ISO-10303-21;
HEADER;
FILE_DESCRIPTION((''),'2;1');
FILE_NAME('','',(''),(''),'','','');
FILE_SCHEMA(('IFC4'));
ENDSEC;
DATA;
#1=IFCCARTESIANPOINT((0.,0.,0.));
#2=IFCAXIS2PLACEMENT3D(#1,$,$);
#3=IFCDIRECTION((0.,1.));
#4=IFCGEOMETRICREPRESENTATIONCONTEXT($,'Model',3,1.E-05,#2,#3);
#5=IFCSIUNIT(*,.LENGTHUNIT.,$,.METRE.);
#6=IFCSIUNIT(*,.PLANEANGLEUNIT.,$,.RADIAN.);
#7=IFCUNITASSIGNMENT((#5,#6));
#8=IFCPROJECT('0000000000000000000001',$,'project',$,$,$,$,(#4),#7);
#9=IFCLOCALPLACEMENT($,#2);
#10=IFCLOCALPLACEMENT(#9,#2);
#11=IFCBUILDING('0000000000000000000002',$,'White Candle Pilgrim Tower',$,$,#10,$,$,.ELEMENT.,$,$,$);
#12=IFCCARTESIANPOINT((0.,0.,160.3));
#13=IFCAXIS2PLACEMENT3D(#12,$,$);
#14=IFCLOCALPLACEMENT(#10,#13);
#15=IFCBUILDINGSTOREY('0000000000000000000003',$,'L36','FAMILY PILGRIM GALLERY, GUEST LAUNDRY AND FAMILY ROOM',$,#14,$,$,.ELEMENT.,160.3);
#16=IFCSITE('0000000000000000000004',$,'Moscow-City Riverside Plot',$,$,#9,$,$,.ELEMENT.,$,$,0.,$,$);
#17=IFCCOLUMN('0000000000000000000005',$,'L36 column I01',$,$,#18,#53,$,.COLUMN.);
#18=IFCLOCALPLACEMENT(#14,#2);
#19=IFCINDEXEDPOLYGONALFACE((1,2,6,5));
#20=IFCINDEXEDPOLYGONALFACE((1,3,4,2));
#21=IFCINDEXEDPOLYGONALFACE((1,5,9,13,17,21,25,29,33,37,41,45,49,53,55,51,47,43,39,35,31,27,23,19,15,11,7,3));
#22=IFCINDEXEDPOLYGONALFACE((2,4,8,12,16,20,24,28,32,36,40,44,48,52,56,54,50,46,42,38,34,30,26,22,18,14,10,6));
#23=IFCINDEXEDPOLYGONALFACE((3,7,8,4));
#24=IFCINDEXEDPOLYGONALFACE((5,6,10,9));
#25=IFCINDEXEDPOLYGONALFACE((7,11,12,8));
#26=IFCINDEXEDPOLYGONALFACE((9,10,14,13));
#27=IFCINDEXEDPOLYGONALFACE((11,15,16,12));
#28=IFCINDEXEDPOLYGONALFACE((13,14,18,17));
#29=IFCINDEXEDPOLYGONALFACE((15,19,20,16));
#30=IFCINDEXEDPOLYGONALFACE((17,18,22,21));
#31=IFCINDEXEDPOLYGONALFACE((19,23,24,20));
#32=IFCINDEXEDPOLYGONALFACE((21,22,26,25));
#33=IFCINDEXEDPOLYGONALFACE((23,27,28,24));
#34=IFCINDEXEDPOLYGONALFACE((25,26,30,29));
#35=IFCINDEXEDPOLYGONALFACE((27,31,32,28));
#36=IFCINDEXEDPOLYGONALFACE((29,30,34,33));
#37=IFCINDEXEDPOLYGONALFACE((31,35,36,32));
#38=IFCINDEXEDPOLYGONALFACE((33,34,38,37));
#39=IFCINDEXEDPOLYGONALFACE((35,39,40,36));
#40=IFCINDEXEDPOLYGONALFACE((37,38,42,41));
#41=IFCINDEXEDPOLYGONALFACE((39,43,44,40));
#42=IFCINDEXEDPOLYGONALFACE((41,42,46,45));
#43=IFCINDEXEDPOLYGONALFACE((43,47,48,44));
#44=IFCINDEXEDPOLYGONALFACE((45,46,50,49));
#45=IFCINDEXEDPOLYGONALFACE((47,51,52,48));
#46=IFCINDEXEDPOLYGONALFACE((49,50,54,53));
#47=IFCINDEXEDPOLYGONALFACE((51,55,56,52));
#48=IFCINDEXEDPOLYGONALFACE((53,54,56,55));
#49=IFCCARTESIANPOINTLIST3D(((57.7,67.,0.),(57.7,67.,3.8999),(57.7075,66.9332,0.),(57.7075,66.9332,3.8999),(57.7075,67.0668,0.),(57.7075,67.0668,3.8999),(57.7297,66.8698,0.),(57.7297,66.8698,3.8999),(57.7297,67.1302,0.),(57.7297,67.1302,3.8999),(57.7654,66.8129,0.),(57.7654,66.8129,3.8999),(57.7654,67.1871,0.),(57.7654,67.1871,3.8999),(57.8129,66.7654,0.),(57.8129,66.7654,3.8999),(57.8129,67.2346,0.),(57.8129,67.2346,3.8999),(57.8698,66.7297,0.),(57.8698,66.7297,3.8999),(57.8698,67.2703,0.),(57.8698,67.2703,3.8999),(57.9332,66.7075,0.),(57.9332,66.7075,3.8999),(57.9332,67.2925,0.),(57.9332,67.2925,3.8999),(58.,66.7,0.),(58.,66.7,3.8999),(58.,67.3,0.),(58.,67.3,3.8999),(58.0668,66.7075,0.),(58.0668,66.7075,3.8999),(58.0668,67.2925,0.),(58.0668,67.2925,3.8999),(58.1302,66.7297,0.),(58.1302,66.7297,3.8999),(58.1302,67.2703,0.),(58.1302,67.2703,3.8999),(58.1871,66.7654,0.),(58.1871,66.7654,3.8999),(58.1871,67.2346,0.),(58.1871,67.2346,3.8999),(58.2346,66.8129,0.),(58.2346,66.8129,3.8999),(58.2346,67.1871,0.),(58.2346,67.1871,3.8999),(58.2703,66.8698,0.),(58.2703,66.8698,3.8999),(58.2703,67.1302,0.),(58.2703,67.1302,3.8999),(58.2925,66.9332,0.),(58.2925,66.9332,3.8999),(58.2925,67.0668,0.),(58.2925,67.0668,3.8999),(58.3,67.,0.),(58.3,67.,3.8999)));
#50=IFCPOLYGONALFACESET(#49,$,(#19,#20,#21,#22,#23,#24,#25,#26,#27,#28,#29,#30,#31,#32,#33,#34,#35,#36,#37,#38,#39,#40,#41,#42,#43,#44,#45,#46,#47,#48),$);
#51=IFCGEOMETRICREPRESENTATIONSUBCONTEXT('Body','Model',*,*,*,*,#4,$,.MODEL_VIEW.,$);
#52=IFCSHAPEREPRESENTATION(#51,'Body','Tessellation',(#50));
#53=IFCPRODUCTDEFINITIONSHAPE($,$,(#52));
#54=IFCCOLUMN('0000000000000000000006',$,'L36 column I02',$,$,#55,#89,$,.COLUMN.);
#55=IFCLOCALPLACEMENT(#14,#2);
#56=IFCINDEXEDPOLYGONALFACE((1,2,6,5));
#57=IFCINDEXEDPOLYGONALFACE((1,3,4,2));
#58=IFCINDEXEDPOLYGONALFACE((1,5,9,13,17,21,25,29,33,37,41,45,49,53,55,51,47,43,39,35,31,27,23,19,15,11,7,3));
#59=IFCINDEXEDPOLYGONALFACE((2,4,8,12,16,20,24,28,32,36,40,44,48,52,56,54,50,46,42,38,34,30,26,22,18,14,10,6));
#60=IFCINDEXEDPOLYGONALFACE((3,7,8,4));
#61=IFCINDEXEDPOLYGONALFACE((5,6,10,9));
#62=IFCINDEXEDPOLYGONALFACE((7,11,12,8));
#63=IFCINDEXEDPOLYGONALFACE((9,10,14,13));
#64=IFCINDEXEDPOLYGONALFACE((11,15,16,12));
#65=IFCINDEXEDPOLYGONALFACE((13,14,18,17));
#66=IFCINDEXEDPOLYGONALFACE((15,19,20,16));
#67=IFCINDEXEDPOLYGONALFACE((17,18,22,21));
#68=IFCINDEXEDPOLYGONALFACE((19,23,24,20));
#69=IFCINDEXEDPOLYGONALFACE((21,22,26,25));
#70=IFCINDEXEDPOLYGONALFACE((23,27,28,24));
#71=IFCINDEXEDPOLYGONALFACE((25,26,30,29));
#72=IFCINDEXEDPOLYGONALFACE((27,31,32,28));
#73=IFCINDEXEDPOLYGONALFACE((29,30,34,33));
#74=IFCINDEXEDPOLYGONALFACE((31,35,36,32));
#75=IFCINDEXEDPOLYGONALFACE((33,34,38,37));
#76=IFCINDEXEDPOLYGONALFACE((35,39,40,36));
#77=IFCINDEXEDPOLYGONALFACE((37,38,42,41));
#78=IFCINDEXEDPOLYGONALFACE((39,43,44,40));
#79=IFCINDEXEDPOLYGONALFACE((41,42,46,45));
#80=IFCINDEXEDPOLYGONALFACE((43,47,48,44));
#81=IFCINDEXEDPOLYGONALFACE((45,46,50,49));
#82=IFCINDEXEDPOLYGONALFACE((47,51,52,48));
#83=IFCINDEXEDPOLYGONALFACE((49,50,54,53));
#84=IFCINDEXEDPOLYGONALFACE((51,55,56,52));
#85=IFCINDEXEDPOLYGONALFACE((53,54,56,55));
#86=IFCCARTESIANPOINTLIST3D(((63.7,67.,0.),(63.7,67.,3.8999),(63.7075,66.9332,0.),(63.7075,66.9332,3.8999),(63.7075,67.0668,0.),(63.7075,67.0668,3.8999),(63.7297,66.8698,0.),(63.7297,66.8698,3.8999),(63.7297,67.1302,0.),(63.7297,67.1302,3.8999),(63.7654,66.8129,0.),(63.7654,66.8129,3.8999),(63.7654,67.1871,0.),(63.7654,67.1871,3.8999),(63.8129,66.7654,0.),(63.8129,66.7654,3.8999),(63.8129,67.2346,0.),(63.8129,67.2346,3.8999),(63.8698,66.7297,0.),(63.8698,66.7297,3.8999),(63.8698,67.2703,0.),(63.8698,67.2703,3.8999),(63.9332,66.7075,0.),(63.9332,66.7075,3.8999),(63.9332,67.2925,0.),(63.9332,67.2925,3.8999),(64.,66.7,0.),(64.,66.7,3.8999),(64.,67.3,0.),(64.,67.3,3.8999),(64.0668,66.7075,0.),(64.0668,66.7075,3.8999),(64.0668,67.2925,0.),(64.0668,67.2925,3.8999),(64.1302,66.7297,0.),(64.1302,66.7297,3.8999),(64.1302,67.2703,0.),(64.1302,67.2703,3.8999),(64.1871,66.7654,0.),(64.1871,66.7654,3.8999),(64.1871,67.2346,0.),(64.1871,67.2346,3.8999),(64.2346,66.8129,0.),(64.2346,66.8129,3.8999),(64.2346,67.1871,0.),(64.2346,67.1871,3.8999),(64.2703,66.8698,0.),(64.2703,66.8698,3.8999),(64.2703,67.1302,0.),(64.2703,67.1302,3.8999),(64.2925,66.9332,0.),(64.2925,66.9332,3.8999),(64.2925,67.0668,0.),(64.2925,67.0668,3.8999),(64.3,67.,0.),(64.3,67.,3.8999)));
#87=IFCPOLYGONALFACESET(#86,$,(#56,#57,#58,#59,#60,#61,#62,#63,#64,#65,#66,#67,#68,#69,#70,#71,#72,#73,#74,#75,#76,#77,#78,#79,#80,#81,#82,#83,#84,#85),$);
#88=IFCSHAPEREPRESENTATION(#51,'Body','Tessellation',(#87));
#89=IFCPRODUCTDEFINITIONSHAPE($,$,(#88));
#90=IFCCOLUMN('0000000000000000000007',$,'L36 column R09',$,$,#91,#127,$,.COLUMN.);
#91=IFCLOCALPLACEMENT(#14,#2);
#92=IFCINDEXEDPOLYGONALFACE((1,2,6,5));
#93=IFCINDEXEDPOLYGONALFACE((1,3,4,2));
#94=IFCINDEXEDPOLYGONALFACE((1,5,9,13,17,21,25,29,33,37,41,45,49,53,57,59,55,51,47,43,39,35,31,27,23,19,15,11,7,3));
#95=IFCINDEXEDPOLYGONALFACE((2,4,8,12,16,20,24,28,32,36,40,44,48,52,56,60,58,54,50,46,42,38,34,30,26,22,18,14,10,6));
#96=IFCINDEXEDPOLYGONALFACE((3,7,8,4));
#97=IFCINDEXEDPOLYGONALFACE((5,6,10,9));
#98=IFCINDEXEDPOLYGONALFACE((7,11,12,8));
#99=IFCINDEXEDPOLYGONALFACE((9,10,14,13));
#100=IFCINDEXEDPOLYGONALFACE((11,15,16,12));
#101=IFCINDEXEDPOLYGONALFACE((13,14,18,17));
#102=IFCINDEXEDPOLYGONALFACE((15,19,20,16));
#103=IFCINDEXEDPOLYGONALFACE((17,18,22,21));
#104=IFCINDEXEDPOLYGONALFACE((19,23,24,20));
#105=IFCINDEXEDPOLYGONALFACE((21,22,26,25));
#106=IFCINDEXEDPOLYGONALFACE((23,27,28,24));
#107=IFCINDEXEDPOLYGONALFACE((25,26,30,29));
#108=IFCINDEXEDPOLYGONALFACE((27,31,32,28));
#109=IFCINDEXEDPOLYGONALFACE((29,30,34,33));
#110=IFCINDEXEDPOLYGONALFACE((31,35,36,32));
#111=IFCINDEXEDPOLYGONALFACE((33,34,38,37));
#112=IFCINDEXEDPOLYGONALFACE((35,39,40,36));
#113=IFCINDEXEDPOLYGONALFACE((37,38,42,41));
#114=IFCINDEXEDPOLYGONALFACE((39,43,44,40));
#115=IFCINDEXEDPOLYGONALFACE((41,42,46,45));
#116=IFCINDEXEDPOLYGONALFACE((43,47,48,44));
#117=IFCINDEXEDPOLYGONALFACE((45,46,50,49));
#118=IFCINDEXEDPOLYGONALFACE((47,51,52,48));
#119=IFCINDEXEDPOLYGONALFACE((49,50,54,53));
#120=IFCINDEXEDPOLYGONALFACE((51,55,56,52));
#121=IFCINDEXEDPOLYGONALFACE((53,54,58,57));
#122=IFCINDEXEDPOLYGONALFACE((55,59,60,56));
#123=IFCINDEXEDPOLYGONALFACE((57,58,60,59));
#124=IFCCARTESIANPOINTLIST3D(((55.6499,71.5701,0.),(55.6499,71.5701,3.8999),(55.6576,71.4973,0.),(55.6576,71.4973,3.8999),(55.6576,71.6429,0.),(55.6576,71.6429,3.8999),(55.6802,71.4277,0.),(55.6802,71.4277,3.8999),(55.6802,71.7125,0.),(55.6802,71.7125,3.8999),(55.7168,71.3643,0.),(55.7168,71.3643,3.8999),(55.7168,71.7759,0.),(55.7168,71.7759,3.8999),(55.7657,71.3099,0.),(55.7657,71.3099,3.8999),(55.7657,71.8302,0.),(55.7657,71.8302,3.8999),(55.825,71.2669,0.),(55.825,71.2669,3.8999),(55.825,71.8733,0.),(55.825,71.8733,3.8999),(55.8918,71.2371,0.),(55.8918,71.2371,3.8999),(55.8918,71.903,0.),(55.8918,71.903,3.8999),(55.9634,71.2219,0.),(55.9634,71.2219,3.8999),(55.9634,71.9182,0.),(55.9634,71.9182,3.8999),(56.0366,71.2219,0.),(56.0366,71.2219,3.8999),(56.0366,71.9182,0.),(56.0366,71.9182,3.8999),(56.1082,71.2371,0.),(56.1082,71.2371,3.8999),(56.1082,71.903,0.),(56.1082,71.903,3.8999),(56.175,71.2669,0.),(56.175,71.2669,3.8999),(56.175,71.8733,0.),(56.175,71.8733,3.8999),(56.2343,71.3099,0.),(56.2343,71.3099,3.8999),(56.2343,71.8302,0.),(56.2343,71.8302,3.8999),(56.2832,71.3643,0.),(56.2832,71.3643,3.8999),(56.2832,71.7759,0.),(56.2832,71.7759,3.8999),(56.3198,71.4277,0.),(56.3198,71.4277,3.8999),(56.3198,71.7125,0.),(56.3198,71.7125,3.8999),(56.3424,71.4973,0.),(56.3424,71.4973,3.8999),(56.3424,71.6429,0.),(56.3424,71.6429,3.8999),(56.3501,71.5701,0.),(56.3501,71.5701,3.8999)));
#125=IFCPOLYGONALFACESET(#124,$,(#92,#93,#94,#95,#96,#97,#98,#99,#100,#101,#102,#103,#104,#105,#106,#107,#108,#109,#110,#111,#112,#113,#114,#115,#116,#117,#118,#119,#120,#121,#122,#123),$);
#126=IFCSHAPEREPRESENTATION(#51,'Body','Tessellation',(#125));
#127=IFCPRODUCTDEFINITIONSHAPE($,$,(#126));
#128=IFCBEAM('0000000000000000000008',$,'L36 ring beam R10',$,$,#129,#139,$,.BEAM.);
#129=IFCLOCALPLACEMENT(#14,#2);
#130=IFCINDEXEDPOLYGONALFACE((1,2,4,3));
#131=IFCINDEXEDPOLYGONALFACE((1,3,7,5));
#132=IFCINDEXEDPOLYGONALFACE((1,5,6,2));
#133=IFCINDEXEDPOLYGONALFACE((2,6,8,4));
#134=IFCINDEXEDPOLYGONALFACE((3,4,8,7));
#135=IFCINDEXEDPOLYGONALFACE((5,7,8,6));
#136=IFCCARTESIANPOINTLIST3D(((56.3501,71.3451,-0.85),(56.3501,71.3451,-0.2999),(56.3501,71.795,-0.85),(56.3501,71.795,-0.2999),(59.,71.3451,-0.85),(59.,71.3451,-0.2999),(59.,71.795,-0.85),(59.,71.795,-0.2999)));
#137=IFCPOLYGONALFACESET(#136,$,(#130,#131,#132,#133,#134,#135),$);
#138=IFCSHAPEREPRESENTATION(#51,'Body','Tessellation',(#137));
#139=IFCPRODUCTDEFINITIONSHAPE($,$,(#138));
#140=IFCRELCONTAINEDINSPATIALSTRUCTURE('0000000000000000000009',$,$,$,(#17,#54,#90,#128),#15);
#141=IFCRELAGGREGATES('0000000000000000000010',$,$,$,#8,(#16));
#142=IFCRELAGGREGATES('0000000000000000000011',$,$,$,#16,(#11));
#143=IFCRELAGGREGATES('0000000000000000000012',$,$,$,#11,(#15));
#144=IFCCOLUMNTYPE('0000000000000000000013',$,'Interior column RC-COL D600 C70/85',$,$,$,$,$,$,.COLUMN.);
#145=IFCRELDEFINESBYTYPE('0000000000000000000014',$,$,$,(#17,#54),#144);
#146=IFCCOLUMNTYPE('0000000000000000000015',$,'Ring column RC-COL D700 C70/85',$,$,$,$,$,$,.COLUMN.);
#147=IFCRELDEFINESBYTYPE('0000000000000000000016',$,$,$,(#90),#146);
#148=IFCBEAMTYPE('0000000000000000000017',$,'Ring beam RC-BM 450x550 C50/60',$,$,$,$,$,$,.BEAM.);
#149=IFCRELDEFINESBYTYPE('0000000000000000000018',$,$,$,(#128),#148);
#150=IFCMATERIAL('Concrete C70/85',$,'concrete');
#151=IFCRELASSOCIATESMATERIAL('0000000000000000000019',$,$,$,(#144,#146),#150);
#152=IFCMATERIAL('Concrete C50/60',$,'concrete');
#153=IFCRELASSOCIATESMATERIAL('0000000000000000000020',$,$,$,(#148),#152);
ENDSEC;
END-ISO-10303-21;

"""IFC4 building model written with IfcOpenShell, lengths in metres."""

from ifc_helpers import new_model, si_unit, direction, frame, origin, origin_2d, place, context, subcontext, project, spatial, rectangle, circle, extrude, material, material_profile, profile_set, type_object, element, save


model = new_model("IFC4")

# Units and contexts
model_context = context("Model", 3, precision=1e-05, world=origin(), true_north=direction((0.0, 1.0)))
body_context = subcontext(model_context, "Body", "Model", "MODEL_VIEW")
ifc_project = project(units=[si_unit("LENGTHUNIT", "METRE"), si_unit("PLANEANGLEUNIT", "RADIAN")], contexts=[model_context])

# Site, building, storey
site_placement = place(None, origin())
site = spatial("IfcSite", under=ifc_project, at=site_placement, Name="Moscow-City Riverside Plot", CompositionType="ELEMENT", RefElevation=0.0)
building_placement = place(site_placement, origin())
building = spatial("IfcBuilding", under=site, at=building_placement, Name="White Candle Pilgrim Tower", CompositionType="ELEMENT")
storey_placement = place(building_placement, frame((0.0, 0.0, 160.3)))
storey = spatial("IfcBuildingStorey", under=building, at=storey_placement, Name="L36", Description="FAMILY PILGRIM GALLERY, GUEST LAUNDRY AND FAMILY ROOM", CompositionType="ELEMENT", Elevation=160.3)

# Columns
ifc_material_1 = material(Name="Concrete C70/85", Category="concrete")
ifc_material_profile_1 = material_profile(ifc_material_1, circle(Radius=0.3, at=origin_2d()), Name="RC-COL D600")
ifc_profile_set_1 = profile_set([ifc_material_profile_1], Name="Concrete C70/85")
column_type_1 = type_object("IfcColumnType", Name="Interior column RC-COL D600 C70/85", PredefinedType="COLUMN", material=ifc_profile_set_1)
for number, where, z_axis, x_axis, name in (
    (1, (58.0, 67.0, 0.0), (0.0, 0.0, 1.0), (1.0, 0.0, 0.0), "L36 column I01"),
    (2, (64.0, 67.0, 0.0), (0.0, 0.0, 1.0), (1.0, 0.0, 0.0), "L36 column I02"),
):
    element("IfcColumn", number, at=place(storey_placement, frame(where, z_axis=z_axis, x_axis=x_axis)), inside=storey, type_object=column_type_1, Name=name, PredefinedType="COLUMN", context=body_context, shape_type="SweptSolid", body=[
        extrude(circle(Radius=0.3, at=origin_2d()), origin(), (0.0, 0.0, 1.0), 3.8999),
    ])
ifc_material_profile_2 = material_profile(ifc_material_1, circle(Radius=0.3501, at=origin_2d()), Name="RC-COL D700")
ifc_profile_set_2 = profile_set([ifc_material_profile_2], Name="Concrete C70/85")
column_type_2 = type_object("IfcColumnType", Name="Ring column RC-COL D700 C70/85", PredefinedType="COLUMN", material=ifc_profile_set_2)
column_placement = place(storey_placement, frame((56.0, 71.5701, 0.0), z_axis=(0.0, 0.0, 1.0), x_axis=(1.0, 0.0, 0.0)))
element("IfcColumn", 3, at=column_placement, inside=storey, type_object=column_type_2, Name="L36 column R09", PredefinedType="COLUMN", context=body_context, shape_type="SweptSolid", body=[
    extrude(circle(Radius=0.3501, at=origin_2d()), origin(), (0.0, 0.0, 1.0), 3.8999),
])

# Beam
ifc_material_2 = material(Name="Concrete C50/60", Category="concrete")
ifc_material_profile_3 = material_profile(ifc_material_2, rectangle(XDim=0.45, YDim=0.55, at=origin_2d()), Name="RC-BM 450x550")
ifc_profile_set_3 = profile_set([ifc_material_profile_3], Name="Concrete C50/60")
beam_type = type_object("IfcBeamType", Name="Ring beam RC-BM 450x550 C50/60", PredefinedType="BEAM", material=ifc_profile_set_3)
beam_placement = place(storey_placement, frame((56.3501, 71.5701, -0.575), z_axis=(1.0, 0.0, 0.0), x_axis=(0.0, 1.0, 0.0)))
element("IfcBeam", 4, at=beam_placement, inside=storey, type_object=beam_type, Name="L36 ring beam R10", PredefinedType="BEAM", context=body_context, shape_type="SweptSolid", body=[
    extrude(rectangle(XDim=0.45, YDim=0.55, at=origin_2d()), origin(), (0.0, 0.0, 1.0), 2.6499),
])

save(model, "model.ifc")
